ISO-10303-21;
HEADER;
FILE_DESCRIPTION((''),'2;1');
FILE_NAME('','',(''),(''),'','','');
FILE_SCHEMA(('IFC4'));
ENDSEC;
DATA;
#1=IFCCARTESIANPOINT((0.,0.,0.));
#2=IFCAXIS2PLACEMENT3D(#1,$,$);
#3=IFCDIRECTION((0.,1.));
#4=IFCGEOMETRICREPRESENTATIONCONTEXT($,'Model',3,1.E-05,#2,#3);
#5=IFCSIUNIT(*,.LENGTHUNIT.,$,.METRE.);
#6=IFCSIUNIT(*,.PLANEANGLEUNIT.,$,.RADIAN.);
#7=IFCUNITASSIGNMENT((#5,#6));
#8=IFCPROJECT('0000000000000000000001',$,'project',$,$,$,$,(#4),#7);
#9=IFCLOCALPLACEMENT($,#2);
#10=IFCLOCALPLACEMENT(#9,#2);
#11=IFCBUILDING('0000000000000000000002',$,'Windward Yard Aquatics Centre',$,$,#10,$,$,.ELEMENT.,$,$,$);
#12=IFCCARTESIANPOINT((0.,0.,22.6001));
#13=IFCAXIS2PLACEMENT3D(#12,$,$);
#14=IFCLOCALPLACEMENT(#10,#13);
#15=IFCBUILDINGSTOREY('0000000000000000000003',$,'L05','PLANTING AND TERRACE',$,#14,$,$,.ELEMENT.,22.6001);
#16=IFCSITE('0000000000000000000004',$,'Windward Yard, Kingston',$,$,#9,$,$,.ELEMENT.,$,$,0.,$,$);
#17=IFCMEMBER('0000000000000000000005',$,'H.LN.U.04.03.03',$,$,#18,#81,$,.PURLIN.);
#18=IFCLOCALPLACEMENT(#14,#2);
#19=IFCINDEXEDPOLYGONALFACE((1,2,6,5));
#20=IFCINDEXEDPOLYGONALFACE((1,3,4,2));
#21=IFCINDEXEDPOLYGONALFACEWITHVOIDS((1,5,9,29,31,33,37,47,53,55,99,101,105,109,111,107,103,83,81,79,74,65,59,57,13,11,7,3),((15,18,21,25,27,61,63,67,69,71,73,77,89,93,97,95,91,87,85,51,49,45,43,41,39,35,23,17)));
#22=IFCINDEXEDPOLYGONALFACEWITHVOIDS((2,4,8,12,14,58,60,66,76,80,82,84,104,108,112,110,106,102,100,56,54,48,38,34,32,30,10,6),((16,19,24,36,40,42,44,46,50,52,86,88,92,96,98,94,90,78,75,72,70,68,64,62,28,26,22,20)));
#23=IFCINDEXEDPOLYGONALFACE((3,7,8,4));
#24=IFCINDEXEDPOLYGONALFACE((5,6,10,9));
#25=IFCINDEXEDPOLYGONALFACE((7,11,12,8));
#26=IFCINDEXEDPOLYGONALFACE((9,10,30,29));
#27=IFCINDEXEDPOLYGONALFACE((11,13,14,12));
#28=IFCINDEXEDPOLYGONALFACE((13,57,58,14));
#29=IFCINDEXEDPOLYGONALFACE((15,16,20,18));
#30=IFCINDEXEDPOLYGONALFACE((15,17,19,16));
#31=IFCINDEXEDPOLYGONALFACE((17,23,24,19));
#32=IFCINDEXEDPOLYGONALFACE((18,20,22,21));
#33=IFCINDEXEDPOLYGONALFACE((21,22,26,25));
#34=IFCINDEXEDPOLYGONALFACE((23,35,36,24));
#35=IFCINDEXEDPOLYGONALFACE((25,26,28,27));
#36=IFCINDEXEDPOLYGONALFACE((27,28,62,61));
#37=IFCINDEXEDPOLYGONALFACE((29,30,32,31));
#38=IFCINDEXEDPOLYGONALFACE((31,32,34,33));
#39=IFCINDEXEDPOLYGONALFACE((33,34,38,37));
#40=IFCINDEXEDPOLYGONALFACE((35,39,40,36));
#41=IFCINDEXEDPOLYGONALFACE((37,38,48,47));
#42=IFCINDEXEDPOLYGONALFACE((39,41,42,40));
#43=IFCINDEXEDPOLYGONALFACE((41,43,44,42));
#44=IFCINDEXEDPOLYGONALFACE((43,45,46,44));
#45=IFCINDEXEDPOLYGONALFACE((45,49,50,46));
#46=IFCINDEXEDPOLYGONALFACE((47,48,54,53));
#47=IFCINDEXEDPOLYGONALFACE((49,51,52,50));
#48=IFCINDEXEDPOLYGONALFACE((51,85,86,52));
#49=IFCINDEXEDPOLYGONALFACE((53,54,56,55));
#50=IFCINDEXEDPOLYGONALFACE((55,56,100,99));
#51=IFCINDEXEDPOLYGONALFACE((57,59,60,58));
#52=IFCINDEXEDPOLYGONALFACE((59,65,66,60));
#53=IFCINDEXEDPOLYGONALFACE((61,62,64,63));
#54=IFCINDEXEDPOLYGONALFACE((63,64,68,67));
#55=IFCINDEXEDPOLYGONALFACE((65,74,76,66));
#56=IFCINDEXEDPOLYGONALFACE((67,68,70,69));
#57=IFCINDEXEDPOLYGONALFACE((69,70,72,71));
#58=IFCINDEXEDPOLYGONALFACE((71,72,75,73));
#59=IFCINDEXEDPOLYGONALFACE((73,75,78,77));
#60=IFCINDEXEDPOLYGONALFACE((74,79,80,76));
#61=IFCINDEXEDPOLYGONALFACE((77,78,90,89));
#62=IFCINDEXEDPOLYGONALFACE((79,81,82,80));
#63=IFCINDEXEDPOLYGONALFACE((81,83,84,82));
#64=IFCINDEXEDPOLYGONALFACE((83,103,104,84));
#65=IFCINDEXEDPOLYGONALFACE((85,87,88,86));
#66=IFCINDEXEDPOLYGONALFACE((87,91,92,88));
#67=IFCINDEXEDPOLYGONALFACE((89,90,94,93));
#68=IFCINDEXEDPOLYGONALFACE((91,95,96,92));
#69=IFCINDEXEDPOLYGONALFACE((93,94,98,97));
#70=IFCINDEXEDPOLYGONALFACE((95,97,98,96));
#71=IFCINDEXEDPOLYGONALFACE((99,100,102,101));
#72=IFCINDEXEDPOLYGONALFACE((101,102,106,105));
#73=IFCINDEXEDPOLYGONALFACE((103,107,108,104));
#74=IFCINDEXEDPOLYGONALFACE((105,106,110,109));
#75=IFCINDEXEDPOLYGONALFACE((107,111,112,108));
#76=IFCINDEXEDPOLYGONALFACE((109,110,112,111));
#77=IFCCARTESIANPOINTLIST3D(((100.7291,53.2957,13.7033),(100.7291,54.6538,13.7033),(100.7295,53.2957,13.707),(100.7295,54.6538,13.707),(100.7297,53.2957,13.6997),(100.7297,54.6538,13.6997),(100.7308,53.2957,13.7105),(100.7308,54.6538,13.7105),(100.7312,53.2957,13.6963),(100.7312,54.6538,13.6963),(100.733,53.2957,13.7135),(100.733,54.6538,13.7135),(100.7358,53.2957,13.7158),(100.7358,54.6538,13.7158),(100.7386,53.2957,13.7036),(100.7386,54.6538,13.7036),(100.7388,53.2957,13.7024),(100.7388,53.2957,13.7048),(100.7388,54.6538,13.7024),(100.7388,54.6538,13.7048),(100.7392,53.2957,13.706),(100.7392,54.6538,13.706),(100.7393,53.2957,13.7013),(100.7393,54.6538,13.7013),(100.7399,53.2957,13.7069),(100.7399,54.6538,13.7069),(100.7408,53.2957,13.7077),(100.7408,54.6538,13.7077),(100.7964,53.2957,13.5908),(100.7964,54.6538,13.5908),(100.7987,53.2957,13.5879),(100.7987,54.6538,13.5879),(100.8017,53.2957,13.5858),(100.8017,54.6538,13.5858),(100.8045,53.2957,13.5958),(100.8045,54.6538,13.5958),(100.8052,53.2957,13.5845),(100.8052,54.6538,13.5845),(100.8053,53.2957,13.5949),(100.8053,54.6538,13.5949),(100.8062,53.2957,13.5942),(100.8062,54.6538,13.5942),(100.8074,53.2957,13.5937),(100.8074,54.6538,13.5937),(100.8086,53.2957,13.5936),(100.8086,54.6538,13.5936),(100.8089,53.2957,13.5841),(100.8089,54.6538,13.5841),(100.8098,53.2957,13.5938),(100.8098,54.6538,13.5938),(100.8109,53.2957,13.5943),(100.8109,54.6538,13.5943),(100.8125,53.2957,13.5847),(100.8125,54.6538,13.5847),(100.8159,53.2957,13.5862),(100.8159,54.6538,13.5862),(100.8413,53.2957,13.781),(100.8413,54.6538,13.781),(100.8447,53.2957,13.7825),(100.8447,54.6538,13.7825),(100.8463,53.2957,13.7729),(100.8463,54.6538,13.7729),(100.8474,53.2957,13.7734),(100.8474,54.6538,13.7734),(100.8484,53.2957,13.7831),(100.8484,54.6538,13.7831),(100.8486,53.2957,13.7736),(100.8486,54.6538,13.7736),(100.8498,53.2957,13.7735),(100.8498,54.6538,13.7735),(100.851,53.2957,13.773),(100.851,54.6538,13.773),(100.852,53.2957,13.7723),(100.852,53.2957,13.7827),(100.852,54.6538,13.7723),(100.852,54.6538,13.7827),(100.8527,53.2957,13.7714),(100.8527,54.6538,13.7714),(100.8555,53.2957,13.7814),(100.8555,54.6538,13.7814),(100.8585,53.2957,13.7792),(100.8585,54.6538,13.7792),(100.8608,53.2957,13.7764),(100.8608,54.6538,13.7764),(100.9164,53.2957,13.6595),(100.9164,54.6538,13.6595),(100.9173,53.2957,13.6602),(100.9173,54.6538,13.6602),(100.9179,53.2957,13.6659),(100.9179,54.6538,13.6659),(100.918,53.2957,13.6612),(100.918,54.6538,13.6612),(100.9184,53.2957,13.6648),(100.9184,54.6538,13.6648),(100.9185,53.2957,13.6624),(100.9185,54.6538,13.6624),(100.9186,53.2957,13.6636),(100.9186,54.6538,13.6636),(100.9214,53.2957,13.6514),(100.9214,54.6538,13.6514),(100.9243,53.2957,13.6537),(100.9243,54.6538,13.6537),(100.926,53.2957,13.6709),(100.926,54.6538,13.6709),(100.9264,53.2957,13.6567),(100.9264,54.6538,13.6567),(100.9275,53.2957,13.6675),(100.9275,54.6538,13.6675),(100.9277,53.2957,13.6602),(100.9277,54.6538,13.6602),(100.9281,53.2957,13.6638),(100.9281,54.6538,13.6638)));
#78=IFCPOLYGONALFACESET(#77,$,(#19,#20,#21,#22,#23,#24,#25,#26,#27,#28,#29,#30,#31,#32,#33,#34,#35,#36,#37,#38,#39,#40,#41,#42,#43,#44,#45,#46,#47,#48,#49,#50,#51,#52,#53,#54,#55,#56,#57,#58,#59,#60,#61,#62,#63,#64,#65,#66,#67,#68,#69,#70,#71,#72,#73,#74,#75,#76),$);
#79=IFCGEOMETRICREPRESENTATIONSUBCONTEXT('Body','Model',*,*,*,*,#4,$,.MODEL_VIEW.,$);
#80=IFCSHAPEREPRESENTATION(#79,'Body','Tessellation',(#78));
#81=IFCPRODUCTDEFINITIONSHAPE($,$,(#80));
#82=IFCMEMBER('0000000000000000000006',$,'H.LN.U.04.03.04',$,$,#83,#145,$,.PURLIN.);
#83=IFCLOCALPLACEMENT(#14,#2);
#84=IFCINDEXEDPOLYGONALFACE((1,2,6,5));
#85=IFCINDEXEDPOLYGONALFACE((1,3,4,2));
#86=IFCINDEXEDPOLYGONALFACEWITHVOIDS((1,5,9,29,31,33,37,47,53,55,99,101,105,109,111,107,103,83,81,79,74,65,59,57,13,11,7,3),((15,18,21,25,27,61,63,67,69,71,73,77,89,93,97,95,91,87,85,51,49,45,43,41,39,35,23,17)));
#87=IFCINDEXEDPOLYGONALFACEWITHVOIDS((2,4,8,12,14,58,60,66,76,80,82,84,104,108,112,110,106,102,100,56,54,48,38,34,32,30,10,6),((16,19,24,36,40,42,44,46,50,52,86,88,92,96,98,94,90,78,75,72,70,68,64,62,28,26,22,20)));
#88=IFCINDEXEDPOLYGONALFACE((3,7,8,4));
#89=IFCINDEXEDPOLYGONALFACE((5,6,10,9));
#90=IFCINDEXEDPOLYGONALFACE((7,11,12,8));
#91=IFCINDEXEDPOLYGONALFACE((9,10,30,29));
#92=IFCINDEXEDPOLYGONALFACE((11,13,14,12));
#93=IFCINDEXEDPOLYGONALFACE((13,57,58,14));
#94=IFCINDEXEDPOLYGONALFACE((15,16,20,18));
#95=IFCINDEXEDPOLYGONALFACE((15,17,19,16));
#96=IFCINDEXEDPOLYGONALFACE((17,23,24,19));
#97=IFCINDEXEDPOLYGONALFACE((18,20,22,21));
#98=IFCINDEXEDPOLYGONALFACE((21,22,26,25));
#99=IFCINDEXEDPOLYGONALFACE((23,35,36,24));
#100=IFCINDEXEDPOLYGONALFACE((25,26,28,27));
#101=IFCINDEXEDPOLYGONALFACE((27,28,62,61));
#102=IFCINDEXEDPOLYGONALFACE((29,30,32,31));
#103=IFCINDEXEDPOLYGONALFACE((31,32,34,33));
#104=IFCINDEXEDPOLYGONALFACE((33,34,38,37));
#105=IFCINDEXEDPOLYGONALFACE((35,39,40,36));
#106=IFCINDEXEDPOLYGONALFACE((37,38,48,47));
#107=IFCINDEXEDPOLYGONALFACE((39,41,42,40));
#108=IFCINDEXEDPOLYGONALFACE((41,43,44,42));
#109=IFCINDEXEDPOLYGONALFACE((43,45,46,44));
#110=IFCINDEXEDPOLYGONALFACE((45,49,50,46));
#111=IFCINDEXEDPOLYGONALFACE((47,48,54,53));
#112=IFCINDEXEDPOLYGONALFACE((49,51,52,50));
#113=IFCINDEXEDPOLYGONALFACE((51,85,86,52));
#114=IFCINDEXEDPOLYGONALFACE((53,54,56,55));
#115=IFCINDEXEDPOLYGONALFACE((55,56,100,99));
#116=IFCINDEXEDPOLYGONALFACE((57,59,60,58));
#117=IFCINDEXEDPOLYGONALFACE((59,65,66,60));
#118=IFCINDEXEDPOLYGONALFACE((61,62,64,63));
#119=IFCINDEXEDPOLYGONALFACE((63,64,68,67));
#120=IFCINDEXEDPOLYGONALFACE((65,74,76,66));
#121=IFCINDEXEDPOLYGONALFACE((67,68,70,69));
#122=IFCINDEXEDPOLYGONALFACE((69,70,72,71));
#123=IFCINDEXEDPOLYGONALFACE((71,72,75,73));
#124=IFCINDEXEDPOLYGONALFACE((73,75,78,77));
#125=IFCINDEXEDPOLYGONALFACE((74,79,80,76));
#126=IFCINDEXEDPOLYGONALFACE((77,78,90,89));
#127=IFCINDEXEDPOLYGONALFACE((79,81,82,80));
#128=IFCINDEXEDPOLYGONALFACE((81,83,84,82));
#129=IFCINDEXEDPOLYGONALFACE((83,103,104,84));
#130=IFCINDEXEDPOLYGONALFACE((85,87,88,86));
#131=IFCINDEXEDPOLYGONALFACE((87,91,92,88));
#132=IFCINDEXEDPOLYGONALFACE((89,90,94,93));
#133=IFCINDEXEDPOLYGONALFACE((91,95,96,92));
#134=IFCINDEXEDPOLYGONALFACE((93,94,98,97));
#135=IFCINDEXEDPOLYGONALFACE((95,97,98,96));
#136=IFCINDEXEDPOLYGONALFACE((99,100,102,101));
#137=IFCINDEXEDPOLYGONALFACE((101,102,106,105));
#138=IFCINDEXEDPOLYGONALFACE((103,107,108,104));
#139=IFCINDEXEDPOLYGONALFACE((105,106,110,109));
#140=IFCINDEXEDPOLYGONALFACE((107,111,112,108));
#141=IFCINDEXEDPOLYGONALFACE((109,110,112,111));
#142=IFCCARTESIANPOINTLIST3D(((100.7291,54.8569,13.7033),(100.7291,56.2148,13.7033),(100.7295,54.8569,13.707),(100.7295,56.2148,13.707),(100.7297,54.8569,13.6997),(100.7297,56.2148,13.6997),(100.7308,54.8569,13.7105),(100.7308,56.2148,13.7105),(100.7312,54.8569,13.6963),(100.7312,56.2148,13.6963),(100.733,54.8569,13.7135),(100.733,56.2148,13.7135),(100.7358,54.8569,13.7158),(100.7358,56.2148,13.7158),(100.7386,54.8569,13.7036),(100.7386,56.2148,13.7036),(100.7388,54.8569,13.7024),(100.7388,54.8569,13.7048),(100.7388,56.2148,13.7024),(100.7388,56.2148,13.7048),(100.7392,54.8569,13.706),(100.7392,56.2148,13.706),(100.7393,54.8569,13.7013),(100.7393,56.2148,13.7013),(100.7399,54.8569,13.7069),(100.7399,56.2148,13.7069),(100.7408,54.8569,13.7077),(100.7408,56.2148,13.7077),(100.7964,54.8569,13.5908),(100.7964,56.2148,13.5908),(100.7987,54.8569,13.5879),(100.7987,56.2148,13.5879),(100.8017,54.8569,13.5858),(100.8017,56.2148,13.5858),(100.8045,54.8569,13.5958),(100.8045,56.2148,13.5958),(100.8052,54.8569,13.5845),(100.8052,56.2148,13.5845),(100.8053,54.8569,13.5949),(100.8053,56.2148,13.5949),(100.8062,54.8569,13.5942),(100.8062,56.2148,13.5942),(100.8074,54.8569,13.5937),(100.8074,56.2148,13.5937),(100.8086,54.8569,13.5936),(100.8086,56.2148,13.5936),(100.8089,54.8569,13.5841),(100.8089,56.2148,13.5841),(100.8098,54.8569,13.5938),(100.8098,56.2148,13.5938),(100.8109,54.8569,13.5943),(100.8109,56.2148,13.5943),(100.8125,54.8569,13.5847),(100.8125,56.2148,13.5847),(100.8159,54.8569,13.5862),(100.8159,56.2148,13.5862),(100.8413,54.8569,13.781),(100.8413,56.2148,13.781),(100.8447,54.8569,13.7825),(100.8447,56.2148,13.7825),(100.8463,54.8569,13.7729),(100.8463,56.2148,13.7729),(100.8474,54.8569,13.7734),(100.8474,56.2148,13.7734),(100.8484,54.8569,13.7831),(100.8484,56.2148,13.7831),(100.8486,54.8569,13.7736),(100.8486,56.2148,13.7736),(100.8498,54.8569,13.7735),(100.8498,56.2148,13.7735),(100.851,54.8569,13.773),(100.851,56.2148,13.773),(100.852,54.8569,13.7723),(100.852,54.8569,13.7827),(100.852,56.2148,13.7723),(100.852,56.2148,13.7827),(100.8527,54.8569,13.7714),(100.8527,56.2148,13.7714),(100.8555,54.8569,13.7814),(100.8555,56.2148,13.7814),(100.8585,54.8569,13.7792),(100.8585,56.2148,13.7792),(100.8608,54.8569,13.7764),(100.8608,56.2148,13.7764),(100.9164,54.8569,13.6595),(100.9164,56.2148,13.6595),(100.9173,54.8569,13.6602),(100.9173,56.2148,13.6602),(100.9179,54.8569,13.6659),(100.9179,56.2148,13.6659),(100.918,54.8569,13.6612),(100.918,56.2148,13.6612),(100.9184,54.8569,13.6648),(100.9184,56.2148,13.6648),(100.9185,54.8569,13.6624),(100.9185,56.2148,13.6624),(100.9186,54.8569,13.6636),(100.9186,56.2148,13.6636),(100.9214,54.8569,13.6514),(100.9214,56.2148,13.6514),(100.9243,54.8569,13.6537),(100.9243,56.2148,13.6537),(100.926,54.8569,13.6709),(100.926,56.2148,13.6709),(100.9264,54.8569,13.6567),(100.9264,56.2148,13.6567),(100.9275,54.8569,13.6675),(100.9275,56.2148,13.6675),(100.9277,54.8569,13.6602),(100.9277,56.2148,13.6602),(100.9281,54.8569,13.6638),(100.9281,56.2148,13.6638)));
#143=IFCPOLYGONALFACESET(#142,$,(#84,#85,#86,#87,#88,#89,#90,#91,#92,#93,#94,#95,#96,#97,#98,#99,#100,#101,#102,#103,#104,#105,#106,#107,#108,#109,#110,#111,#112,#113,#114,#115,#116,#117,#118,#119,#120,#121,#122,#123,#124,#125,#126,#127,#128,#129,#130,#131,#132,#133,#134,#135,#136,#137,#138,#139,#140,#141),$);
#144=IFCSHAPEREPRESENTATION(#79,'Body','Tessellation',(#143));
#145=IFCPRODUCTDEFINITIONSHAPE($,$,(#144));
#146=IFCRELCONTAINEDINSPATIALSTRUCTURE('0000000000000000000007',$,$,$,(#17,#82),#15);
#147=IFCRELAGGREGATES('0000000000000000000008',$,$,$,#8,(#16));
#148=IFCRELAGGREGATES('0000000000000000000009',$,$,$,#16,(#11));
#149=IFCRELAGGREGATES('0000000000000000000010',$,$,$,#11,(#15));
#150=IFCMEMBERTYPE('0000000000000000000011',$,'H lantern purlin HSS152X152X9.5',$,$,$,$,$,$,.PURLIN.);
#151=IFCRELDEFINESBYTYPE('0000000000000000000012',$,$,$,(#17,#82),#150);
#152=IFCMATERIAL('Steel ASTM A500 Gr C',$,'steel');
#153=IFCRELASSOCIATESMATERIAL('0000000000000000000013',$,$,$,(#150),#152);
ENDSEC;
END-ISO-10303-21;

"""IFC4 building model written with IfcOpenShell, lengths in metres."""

from ifc_helpers import new_model, si_unit, direction, frame, origin, origin_2d, place, context, subcontext, project, spatial, hollow_rectangle, extrude, material, material_profile, profile_set, type_object, element, save


model = new_model("IFC4")

# Units and contexts
model_context = context("Model", 3, precision=1e-05, world=origin(), true_north=direction((0.0, 1.0)))
body_context = subcontext(model_context, "Body", "Model", "MODEL_VIEW")
ifc_project = project(units=[si_unit("LENGTHUNIT", "METRE"), si_unit("PLANEANGLEUNIT", "RADIAN")], contexts=[model_context])

# Site, building, storey
site_placement = place(None, origin())
site = spatial("IfcSite", under=ifc_project, at=site_placement, Name="Windward Yard, Kingston", CompositionType="ELEMENT", RefElevation=0.0)
building_placement = place(site_placement, origin())
building = spatial("IfcBuilding", under=site, at=building_placement, Name="Windward Yard Aquatics Centre", CompositionType="ELEMENT")
storey_placement = place(building_placement, frame((0.0, 0.0, 22.6001)))
storey = spatial("IfcBuildingStorey", under=building, at=storey_placement, Name="L05", Description="PLANTING AND TERRACE", CompositionType="ELEMENT", Elevation=22.6001)

# Members
ifc_material_1 = material(Name="Steel ASTM A500 Gr C", Category="steel")
ifc_material_profile = material_profile(ifc_material_1, hollow_rectangle(XDim=0.1523, YDim=0.1523, WallThickness=0.0095, InnerFilletRadius=0.0046, OuterFilletRadius=0.0142, at=origin_2d()), Name="HSS152X152X9.5")
ifc_profile_set = profile_set([ifc_material_profile], Name="Steel ASTM A500 Gr C")
member_type = type_object("IfcMemberType", Name="H lantern purlin HSS152X152X9.5", PredefinedType="PURLIN", material=ifc_profile_set)
member_1_placement = place(storey_placement, frame((100.8286, 53.2957, 13.6836), z_axis=(0.0, 1.0, 0.0), x_axis=(-0.850755, 0.0, -0.525562)))
element("IfcMember", 1, at=member_1_placement, inside=storey, type_object=member_type, Name="H.LN.U.04.03.03", PredefinedType="PURLIN", context=body_context, shape_type="SweptSolid", body=[
    extrude(hollow_rectangle(XDim=0.1523, YDim=0.1523, WallThickness=0.0095, InnerFilletRadius=0.0046, OuterFilletRadius=0.0142, at=origin_2d()), origin(), (0.0, 0.0, 1.0), 1.3582),
])
member_2_placement = place(storey_placement, frame((100.8286, 54.8569, 13.6836), z_axis=(0.0, 1.0, 0.0), x_axis=(-0.850755, 0.0, -0.525562)))
element("IfcMember", 2, at=member_2_placement, inside=storey, type_object=member_type, Name="H.LN.U.04.03.04", PredefinedType="PURLIN", context=body_context, shape_type="SweptSolid", body=[
    extrude(hollow_rectangle(XDim=0.1523, YDim=0.1523, WallThickness=0.0095, InnerFilletRadius=0.0046, OuterFilletRadius=0.0142, at=origin_2d()), origin(), (0.0, 0.0, 1.0), 1.3579),
])

save(model, "model.ifc")
